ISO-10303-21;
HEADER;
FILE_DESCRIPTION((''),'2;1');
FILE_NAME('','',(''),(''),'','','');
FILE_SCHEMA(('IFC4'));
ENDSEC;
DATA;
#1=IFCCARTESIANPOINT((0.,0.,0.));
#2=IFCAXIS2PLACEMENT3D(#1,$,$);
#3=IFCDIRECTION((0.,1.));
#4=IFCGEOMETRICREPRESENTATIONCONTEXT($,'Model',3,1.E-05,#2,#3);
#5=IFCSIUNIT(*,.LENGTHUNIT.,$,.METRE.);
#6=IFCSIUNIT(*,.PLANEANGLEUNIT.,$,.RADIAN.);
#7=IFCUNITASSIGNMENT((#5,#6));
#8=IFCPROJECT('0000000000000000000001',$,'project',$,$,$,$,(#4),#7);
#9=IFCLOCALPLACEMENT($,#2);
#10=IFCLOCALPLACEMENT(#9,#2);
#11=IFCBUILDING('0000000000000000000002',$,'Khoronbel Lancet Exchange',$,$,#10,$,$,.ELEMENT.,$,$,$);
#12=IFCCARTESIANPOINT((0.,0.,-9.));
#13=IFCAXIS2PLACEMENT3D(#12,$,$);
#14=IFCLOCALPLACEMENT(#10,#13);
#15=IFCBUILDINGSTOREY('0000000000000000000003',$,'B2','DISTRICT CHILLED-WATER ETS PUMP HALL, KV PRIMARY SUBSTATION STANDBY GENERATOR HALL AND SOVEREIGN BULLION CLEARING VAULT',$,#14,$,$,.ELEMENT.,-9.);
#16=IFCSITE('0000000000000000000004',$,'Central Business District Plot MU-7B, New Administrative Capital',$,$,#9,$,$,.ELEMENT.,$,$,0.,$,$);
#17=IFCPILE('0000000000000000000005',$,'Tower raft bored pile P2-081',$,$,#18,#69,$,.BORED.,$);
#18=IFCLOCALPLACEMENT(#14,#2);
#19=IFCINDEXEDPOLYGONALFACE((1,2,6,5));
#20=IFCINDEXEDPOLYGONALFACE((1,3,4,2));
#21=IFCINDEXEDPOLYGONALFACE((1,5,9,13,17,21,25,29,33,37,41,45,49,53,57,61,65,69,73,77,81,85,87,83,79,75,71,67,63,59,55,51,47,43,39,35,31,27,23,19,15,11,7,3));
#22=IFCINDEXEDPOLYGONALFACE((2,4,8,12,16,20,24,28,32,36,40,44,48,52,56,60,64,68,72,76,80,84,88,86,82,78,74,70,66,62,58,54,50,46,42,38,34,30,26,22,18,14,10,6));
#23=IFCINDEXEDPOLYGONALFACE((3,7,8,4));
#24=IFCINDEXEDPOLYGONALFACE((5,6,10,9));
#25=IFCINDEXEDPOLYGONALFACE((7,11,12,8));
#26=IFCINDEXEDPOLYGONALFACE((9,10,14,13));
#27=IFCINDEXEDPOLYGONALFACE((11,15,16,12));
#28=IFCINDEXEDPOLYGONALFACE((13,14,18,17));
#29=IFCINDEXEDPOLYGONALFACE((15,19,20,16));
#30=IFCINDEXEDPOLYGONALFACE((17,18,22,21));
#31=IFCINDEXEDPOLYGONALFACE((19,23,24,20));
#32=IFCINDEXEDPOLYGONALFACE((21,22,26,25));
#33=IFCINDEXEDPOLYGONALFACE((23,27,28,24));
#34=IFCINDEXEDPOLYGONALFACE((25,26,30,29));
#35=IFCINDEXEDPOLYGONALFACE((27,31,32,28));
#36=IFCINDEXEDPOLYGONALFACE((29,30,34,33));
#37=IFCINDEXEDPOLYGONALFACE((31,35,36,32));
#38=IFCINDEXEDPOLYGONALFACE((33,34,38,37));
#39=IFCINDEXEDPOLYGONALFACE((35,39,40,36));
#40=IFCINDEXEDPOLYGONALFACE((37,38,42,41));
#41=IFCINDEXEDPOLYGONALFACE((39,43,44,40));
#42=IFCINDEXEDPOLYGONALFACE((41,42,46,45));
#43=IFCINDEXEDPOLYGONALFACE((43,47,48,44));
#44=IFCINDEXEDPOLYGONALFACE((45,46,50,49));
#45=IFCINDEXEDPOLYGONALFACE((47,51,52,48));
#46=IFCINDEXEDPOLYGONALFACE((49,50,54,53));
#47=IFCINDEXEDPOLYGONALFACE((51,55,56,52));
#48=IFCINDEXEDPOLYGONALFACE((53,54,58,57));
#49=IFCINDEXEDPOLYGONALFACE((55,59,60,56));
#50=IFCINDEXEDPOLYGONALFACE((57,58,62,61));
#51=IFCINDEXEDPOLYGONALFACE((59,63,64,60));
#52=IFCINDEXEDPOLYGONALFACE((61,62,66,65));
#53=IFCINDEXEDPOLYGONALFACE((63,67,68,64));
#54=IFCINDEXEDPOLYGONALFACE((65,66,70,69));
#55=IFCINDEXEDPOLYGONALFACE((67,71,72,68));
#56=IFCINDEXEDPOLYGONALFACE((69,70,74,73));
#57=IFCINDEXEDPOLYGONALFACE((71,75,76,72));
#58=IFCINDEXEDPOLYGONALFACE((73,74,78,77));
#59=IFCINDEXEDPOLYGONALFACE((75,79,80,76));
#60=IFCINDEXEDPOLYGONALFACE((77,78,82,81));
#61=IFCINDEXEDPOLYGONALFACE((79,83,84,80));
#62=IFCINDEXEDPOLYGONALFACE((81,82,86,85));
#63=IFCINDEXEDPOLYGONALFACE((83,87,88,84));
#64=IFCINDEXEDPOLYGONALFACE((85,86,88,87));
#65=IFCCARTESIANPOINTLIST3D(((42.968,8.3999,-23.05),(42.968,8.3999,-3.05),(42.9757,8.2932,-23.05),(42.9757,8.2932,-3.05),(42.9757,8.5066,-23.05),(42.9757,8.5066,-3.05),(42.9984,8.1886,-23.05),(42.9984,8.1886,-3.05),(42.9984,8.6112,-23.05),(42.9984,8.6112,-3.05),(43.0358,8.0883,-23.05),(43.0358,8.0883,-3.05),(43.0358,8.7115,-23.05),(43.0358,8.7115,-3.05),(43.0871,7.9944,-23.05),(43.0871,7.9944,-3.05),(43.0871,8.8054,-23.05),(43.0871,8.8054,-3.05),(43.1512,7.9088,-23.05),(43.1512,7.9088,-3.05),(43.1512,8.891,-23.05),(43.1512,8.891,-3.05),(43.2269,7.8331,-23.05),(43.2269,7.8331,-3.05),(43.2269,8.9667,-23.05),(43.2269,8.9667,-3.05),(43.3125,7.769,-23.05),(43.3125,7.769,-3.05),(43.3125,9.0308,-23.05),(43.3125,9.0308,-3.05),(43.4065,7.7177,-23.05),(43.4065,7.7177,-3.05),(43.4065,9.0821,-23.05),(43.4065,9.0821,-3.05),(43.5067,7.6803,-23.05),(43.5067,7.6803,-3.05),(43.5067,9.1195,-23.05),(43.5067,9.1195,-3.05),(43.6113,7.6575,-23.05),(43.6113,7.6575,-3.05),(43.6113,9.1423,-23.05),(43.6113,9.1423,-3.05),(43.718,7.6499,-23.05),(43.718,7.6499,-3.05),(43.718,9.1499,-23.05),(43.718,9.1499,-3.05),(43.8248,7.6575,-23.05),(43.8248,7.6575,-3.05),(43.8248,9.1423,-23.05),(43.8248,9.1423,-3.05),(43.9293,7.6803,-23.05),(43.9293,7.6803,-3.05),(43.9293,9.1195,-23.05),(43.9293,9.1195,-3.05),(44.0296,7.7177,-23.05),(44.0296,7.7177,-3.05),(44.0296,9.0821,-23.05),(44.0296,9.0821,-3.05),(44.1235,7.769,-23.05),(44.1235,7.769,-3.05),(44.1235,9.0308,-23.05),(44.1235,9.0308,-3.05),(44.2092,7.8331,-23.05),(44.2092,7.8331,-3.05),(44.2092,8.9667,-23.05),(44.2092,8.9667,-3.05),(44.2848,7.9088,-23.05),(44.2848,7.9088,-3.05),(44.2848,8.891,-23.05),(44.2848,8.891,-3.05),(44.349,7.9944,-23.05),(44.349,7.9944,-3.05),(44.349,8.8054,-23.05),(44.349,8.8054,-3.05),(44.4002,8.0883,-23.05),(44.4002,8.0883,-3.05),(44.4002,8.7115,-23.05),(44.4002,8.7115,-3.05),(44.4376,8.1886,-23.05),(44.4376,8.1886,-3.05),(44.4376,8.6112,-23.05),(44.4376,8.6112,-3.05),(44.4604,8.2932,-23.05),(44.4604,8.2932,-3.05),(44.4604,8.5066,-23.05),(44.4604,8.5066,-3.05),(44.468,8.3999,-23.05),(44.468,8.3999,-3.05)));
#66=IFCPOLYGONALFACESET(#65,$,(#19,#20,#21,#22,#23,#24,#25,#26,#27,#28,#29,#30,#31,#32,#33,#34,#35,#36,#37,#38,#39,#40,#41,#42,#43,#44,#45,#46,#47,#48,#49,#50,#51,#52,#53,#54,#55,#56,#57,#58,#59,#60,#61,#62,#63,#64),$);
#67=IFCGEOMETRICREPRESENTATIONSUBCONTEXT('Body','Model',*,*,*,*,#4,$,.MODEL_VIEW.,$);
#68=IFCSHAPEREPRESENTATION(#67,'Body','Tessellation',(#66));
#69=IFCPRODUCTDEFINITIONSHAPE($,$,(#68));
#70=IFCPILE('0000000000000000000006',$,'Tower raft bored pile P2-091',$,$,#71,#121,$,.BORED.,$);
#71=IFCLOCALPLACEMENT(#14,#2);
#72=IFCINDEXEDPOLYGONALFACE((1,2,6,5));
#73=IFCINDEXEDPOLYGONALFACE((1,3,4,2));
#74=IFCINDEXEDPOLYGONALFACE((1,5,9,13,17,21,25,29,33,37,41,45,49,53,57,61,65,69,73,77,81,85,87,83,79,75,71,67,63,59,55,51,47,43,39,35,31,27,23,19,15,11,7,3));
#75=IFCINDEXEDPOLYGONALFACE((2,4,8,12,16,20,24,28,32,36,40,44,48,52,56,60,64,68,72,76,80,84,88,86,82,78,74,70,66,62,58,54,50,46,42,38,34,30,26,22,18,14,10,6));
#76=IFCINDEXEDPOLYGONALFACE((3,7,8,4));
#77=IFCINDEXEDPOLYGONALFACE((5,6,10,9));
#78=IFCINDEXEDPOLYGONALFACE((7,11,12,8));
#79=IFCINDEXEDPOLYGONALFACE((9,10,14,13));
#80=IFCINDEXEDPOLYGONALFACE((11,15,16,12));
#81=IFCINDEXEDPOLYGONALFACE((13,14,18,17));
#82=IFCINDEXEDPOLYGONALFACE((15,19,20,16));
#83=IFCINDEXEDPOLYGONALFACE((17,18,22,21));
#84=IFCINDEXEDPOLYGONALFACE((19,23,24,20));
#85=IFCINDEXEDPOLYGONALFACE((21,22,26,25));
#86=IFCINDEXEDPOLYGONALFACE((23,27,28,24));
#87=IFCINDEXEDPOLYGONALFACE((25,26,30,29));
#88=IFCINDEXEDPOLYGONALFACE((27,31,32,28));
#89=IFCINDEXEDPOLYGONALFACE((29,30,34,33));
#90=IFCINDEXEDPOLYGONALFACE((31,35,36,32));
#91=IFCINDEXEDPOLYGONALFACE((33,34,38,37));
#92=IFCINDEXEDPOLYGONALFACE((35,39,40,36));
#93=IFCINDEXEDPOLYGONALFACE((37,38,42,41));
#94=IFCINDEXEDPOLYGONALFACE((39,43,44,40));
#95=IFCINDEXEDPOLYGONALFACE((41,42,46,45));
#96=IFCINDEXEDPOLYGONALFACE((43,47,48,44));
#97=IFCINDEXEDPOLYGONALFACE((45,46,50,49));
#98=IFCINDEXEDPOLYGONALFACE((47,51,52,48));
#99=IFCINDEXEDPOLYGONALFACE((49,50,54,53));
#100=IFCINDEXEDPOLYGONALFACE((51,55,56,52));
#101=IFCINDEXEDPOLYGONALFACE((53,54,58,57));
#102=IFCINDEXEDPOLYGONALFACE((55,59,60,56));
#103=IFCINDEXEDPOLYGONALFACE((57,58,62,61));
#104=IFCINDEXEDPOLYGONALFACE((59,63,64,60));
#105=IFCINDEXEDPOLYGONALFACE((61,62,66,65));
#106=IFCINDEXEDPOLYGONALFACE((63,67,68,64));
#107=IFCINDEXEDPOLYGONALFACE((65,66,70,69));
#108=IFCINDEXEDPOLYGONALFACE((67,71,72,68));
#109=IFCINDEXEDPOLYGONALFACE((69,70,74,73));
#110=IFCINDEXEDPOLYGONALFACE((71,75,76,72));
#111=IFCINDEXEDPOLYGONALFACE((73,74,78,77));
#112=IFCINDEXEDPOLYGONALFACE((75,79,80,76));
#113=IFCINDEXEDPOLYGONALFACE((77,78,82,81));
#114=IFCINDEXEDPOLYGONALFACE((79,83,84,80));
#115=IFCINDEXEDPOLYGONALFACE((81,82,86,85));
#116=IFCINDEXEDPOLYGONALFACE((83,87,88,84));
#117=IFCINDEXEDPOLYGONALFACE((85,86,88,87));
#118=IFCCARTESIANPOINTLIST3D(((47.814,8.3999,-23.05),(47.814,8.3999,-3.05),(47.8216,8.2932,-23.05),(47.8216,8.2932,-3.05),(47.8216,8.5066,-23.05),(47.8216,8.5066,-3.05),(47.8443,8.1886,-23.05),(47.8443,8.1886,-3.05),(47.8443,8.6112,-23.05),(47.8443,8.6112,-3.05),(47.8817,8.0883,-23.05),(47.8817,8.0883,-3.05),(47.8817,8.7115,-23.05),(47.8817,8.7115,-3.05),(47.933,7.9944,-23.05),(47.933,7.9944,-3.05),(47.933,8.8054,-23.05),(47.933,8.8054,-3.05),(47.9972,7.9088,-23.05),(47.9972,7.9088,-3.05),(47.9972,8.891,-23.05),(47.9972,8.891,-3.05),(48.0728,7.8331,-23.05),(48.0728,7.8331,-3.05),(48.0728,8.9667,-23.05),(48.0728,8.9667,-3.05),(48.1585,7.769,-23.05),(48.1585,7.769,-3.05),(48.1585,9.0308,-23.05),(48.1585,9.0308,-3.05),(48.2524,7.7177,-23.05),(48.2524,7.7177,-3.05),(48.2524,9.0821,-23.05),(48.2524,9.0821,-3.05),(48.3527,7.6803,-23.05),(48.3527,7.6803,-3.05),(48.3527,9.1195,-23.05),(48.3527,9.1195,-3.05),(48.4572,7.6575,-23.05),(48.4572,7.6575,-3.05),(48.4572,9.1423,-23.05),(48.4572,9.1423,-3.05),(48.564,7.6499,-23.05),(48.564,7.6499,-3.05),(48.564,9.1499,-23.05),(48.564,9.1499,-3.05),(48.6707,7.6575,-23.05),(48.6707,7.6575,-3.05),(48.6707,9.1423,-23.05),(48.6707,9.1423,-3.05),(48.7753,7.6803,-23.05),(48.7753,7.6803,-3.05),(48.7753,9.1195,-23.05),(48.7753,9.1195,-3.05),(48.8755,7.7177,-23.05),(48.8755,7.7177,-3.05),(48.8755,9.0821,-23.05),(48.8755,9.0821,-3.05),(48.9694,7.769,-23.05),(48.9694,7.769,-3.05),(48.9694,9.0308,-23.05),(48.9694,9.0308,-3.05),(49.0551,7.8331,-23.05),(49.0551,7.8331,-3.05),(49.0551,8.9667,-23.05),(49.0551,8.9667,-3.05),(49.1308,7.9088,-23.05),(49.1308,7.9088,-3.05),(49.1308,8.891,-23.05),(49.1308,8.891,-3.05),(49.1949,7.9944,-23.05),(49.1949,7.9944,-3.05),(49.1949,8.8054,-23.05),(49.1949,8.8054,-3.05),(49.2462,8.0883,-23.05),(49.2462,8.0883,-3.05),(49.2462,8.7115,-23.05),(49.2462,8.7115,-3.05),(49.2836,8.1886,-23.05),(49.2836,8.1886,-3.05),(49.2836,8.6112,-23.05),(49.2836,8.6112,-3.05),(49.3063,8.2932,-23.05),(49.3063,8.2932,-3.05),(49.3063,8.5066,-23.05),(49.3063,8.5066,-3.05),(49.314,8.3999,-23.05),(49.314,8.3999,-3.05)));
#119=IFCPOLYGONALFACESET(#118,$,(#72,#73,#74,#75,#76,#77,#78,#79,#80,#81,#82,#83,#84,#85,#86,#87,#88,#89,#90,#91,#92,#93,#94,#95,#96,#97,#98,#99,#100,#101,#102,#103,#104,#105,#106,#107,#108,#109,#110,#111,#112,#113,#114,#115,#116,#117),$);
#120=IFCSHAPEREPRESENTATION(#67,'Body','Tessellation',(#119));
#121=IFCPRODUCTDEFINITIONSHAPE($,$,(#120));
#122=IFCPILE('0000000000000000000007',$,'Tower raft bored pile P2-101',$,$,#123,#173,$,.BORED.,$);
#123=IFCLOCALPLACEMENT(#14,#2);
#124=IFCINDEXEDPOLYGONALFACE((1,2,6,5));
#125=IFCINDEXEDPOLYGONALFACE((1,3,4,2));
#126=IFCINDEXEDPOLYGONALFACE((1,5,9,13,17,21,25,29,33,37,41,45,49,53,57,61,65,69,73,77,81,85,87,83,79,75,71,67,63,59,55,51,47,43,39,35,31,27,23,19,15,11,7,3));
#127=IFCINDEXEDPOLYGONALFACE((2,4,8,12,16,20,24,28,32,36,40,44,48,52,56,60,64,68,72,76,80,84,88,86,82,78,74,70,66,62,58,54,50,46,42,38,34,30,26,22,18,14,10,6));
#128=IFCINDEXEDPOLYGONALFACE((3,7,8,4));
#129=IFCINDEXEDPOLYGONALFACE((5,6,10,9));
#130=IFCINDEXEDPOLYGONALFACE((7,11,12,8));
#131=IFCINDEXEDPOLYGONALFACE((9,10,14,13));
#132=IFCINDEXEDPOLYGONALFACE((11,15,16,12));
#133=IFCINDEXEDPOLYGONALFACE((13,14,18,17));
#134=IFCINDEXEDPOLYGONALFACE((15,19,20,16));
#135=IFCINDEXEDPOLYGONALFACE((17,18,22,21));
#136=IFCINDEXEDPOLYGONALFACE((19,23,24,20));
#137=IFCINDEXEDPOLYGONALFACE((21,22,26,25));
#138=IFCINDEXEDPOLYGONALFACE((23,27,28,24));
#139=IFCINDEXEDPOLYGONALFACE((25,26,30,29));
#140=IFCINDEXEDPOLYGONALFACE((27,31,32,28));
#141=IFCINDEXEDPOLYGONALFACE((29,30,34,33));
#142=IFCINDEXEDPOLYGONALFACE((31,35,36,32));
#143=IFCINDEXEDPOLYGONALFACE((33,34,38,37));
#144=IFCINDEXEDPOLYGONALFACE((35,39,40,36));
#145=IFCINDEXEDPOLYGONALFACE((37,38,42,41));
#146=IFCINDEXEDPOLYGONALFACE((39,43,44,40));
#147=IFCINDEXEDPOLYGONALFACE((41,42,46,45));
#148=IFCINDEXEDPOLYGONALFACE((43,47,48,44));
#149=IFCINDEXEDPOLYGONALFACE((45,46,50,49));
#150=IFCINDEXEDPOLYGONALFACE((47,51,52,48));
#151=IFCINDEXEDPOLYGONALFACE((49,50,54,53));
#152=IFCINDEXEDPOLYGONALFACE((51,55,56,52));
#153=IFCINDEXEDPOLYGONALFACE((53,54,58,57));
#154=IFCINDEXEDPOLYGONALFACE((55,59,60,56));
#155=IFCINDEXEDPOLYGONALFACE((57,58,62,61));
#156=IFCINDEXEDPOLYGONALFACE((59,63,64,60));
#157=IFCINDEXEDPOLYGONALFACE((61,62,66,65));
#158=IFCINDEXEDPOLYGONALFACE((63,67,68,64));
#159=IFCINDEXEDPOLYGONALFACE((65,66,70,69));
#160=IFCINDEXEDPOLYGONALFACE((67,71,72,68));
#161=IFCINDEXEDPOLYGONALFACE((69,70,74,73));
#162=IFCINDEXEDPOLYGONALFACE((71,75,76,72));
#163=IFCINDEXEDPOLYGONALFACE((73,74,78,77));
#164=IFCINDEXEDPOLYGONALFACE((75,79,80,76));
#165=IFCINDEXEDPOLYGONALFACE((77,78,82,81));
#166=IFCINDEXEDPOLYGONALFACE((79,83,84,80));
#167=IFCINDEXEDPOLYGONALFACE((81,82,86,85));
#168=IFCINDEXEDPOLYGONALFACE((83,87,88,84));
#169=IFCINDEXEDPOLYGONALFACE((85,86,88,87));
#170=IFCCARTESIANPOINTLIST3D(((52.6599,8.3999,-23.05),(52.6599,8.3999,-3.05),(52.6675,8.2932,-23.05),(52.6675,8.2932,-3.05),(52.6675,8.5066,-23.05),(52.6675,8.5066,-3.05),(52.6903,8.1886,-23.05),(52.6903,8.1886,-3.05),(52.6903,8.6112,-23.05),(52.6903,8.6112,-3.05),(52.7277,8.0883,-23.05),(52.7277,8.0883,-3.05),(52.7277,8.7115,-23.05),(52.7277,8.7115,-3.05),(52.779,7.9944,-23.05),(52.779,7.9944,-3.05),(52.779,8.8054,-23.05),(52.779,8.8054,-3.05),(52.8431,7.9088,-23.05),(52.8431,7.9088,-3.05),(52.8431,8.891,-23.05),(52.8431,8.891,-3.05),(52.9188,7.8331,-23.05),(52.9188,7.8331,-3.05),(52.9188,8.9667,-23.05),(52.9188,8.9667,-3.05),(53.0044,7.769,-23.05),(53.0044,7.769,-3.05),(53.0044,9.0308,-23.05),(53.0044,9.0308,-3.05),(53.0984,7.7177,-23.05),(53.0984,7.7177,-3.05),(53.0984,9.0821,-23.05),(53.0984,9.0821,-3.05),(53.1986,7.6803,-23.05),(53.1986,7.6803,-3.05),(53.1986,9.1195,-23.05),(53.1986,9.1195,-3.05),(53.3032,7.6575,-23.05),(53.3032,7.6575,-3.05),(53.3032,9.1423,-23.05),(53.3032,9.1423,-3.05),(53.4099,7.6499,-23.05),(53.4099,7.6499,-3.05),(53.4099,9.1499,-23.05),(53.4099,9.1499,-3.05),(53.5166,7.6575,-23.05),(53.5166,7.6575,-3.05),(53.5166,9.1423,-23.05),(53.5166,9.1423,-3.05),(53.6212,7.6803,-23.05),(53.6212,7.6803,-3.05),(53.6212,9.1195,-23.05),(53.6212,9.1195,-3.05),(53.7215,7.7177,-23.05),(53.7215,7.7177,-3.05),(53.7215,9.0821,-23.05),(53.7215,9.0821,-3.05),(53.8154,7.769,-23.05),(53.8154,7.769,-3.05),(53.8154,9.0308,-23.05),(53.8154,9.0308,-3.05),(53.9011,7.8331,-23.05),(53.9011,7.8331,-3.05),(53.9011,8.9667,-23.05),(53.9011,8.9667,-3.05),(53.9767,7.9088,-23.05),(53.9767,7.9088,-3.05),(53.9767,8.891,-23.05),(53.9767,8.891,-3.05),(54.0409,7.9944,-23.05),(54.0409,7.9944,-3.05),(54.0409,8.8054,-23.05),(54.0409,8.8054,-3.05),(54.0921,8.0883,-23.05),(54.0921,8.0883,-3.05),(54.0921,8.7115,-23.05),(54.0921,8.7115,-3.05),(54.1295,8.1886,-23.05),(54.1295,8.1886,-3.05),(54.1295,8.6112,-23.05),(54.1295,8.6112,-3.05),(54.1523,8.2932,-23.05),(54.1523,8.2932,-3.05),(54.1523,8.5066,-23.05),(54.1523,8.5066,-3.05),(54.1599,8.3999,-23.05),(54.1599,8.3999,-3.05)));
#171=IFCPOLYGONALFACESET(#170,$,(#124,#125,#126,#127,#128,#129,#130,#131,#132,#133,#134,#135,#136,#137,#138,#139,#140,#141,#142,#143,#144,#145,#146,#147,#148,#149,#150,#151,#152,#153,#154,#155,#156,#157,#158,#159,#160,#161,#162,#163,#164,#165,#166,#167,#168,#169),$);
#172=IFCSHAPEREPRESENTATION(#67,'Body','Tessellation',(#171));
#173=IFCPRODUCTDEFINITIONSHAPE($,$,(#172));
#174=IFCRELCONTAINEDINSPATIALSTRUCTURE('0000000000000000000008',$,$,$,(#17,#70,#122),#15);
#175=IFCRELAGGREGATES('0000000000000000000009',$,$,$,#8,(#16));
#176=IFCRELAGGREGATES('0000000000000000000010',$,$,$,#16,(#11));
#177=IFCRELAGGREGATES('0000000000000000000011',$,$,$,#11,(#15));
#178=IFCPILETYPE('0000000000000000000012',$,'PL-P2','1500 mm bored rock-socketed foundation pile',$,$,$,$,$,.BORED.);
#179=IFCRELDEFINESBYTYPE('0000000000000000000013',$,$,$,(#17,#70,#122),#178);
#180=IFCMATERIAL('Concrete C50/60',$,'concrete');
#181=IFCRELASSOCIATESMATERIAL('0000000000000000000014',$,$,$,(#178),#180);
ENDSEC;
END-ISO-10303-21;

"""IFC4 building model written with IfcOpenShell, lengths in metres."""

from ifc_helpers import new_model, si_unit, direction, frame, origin, origin_2d, place, context, subcontext, project, spatial, circle, extrude, material, material_profile, profile_set, type_object, element, save


model = new_model("IFC4")

# Units and contexts
model_context = context("Model", 3, precision=1e-05, world=origin(), true_north=direction((0.0, 1.0)))
body_context = subcontext(model_context, "Body", "Model", "MODEL_VIEW")
ifc_project = project(units=[si_unit("LENGTHUNIT", "METRE"), si_unit("PLANEANGLEUNIT", "RADIAN")], contexts=[model_context])

# Site, building, storey
site_placement = place(None, origin())
site = spatial("IfcSite", under=ifc_project, at=site_placement, Name="Central Business District Plot MU-7B, New Administrative Capital", CompositionType="ELEMENT", RefElevation=0.0)
building_placement = place(site_placement, origin())
building = spatial("IfcBuilding", under=site, at=building_placement, Name="Khoronbel Lancet Exchange", CompositionType="ELEMENT")
storey_placement = place(building_placement, frame((0.0, 0.0, -9.0)))
storey = spatial("IfcBuildingStorey", under=building, at=storey_placement, Name="B2", Description="DISTRICT CHILLED-WATER ETS PUMP HALL, KV PRIMARY SUBSTATION STANDBY GENERATOR HALL AND SOVEREIGN BULLION CLEARING VAULT", CompositionType="ELEMENT", Elevation=-9.0)

# Piles
ifc_material_1 = material(Name="Concrete C50/60", Category="concrete")
ifc_material_profile_1 = material_profile(ifc_material_1, circle(Radius=0.75, at=origin_2d()), Name="BORED PILE D1500")
ifc_profile_set_1 = profile_set([ifc_material_profile_1], Name="Concrete C50/60")
pile_type_1 = type_object("IfcPileType", Name="PL-P2", Description="1500 mm bored rock-socketed foundation pile", PredefinedType="BORED", material=ifc_profile_set_1)
for number, where, z_axis, x_axis, name in (
    (1, (43.718, 8.3999, -3.05), (0.0, 0.0, -1.0), (1.0, 0.0, 0.0), "Tower raft bored pile P2-081"),
    (2, (48.564, 8.3999, -3.05), (0.0, 0.0, -1.0), (1.0, 0.0, 0.0), "Tower raft bored pile P2-091"),
    (3, (53.4099, 8.3999, -3.05), (0.0, 0.0, -1.0), (1.0, 0.0, 0.0), "Tower raft bored pile P2-101"),
):
    element("IfcPile", number, at=place(storey_placement, frame(where, z_axis=z_axis, x_axis=x_axis)), inside=storey, type_object=pile_type_1, Name=name, PredefinedType="BORED", context=body_context, shape_type="SweptSolid", body=[
        extrude(circle(Radius=0.75, at=origin_2d()), origin(), (0.0, 0.0, 1.0), 20.0),
    ])

save(model, "model.ifc")
